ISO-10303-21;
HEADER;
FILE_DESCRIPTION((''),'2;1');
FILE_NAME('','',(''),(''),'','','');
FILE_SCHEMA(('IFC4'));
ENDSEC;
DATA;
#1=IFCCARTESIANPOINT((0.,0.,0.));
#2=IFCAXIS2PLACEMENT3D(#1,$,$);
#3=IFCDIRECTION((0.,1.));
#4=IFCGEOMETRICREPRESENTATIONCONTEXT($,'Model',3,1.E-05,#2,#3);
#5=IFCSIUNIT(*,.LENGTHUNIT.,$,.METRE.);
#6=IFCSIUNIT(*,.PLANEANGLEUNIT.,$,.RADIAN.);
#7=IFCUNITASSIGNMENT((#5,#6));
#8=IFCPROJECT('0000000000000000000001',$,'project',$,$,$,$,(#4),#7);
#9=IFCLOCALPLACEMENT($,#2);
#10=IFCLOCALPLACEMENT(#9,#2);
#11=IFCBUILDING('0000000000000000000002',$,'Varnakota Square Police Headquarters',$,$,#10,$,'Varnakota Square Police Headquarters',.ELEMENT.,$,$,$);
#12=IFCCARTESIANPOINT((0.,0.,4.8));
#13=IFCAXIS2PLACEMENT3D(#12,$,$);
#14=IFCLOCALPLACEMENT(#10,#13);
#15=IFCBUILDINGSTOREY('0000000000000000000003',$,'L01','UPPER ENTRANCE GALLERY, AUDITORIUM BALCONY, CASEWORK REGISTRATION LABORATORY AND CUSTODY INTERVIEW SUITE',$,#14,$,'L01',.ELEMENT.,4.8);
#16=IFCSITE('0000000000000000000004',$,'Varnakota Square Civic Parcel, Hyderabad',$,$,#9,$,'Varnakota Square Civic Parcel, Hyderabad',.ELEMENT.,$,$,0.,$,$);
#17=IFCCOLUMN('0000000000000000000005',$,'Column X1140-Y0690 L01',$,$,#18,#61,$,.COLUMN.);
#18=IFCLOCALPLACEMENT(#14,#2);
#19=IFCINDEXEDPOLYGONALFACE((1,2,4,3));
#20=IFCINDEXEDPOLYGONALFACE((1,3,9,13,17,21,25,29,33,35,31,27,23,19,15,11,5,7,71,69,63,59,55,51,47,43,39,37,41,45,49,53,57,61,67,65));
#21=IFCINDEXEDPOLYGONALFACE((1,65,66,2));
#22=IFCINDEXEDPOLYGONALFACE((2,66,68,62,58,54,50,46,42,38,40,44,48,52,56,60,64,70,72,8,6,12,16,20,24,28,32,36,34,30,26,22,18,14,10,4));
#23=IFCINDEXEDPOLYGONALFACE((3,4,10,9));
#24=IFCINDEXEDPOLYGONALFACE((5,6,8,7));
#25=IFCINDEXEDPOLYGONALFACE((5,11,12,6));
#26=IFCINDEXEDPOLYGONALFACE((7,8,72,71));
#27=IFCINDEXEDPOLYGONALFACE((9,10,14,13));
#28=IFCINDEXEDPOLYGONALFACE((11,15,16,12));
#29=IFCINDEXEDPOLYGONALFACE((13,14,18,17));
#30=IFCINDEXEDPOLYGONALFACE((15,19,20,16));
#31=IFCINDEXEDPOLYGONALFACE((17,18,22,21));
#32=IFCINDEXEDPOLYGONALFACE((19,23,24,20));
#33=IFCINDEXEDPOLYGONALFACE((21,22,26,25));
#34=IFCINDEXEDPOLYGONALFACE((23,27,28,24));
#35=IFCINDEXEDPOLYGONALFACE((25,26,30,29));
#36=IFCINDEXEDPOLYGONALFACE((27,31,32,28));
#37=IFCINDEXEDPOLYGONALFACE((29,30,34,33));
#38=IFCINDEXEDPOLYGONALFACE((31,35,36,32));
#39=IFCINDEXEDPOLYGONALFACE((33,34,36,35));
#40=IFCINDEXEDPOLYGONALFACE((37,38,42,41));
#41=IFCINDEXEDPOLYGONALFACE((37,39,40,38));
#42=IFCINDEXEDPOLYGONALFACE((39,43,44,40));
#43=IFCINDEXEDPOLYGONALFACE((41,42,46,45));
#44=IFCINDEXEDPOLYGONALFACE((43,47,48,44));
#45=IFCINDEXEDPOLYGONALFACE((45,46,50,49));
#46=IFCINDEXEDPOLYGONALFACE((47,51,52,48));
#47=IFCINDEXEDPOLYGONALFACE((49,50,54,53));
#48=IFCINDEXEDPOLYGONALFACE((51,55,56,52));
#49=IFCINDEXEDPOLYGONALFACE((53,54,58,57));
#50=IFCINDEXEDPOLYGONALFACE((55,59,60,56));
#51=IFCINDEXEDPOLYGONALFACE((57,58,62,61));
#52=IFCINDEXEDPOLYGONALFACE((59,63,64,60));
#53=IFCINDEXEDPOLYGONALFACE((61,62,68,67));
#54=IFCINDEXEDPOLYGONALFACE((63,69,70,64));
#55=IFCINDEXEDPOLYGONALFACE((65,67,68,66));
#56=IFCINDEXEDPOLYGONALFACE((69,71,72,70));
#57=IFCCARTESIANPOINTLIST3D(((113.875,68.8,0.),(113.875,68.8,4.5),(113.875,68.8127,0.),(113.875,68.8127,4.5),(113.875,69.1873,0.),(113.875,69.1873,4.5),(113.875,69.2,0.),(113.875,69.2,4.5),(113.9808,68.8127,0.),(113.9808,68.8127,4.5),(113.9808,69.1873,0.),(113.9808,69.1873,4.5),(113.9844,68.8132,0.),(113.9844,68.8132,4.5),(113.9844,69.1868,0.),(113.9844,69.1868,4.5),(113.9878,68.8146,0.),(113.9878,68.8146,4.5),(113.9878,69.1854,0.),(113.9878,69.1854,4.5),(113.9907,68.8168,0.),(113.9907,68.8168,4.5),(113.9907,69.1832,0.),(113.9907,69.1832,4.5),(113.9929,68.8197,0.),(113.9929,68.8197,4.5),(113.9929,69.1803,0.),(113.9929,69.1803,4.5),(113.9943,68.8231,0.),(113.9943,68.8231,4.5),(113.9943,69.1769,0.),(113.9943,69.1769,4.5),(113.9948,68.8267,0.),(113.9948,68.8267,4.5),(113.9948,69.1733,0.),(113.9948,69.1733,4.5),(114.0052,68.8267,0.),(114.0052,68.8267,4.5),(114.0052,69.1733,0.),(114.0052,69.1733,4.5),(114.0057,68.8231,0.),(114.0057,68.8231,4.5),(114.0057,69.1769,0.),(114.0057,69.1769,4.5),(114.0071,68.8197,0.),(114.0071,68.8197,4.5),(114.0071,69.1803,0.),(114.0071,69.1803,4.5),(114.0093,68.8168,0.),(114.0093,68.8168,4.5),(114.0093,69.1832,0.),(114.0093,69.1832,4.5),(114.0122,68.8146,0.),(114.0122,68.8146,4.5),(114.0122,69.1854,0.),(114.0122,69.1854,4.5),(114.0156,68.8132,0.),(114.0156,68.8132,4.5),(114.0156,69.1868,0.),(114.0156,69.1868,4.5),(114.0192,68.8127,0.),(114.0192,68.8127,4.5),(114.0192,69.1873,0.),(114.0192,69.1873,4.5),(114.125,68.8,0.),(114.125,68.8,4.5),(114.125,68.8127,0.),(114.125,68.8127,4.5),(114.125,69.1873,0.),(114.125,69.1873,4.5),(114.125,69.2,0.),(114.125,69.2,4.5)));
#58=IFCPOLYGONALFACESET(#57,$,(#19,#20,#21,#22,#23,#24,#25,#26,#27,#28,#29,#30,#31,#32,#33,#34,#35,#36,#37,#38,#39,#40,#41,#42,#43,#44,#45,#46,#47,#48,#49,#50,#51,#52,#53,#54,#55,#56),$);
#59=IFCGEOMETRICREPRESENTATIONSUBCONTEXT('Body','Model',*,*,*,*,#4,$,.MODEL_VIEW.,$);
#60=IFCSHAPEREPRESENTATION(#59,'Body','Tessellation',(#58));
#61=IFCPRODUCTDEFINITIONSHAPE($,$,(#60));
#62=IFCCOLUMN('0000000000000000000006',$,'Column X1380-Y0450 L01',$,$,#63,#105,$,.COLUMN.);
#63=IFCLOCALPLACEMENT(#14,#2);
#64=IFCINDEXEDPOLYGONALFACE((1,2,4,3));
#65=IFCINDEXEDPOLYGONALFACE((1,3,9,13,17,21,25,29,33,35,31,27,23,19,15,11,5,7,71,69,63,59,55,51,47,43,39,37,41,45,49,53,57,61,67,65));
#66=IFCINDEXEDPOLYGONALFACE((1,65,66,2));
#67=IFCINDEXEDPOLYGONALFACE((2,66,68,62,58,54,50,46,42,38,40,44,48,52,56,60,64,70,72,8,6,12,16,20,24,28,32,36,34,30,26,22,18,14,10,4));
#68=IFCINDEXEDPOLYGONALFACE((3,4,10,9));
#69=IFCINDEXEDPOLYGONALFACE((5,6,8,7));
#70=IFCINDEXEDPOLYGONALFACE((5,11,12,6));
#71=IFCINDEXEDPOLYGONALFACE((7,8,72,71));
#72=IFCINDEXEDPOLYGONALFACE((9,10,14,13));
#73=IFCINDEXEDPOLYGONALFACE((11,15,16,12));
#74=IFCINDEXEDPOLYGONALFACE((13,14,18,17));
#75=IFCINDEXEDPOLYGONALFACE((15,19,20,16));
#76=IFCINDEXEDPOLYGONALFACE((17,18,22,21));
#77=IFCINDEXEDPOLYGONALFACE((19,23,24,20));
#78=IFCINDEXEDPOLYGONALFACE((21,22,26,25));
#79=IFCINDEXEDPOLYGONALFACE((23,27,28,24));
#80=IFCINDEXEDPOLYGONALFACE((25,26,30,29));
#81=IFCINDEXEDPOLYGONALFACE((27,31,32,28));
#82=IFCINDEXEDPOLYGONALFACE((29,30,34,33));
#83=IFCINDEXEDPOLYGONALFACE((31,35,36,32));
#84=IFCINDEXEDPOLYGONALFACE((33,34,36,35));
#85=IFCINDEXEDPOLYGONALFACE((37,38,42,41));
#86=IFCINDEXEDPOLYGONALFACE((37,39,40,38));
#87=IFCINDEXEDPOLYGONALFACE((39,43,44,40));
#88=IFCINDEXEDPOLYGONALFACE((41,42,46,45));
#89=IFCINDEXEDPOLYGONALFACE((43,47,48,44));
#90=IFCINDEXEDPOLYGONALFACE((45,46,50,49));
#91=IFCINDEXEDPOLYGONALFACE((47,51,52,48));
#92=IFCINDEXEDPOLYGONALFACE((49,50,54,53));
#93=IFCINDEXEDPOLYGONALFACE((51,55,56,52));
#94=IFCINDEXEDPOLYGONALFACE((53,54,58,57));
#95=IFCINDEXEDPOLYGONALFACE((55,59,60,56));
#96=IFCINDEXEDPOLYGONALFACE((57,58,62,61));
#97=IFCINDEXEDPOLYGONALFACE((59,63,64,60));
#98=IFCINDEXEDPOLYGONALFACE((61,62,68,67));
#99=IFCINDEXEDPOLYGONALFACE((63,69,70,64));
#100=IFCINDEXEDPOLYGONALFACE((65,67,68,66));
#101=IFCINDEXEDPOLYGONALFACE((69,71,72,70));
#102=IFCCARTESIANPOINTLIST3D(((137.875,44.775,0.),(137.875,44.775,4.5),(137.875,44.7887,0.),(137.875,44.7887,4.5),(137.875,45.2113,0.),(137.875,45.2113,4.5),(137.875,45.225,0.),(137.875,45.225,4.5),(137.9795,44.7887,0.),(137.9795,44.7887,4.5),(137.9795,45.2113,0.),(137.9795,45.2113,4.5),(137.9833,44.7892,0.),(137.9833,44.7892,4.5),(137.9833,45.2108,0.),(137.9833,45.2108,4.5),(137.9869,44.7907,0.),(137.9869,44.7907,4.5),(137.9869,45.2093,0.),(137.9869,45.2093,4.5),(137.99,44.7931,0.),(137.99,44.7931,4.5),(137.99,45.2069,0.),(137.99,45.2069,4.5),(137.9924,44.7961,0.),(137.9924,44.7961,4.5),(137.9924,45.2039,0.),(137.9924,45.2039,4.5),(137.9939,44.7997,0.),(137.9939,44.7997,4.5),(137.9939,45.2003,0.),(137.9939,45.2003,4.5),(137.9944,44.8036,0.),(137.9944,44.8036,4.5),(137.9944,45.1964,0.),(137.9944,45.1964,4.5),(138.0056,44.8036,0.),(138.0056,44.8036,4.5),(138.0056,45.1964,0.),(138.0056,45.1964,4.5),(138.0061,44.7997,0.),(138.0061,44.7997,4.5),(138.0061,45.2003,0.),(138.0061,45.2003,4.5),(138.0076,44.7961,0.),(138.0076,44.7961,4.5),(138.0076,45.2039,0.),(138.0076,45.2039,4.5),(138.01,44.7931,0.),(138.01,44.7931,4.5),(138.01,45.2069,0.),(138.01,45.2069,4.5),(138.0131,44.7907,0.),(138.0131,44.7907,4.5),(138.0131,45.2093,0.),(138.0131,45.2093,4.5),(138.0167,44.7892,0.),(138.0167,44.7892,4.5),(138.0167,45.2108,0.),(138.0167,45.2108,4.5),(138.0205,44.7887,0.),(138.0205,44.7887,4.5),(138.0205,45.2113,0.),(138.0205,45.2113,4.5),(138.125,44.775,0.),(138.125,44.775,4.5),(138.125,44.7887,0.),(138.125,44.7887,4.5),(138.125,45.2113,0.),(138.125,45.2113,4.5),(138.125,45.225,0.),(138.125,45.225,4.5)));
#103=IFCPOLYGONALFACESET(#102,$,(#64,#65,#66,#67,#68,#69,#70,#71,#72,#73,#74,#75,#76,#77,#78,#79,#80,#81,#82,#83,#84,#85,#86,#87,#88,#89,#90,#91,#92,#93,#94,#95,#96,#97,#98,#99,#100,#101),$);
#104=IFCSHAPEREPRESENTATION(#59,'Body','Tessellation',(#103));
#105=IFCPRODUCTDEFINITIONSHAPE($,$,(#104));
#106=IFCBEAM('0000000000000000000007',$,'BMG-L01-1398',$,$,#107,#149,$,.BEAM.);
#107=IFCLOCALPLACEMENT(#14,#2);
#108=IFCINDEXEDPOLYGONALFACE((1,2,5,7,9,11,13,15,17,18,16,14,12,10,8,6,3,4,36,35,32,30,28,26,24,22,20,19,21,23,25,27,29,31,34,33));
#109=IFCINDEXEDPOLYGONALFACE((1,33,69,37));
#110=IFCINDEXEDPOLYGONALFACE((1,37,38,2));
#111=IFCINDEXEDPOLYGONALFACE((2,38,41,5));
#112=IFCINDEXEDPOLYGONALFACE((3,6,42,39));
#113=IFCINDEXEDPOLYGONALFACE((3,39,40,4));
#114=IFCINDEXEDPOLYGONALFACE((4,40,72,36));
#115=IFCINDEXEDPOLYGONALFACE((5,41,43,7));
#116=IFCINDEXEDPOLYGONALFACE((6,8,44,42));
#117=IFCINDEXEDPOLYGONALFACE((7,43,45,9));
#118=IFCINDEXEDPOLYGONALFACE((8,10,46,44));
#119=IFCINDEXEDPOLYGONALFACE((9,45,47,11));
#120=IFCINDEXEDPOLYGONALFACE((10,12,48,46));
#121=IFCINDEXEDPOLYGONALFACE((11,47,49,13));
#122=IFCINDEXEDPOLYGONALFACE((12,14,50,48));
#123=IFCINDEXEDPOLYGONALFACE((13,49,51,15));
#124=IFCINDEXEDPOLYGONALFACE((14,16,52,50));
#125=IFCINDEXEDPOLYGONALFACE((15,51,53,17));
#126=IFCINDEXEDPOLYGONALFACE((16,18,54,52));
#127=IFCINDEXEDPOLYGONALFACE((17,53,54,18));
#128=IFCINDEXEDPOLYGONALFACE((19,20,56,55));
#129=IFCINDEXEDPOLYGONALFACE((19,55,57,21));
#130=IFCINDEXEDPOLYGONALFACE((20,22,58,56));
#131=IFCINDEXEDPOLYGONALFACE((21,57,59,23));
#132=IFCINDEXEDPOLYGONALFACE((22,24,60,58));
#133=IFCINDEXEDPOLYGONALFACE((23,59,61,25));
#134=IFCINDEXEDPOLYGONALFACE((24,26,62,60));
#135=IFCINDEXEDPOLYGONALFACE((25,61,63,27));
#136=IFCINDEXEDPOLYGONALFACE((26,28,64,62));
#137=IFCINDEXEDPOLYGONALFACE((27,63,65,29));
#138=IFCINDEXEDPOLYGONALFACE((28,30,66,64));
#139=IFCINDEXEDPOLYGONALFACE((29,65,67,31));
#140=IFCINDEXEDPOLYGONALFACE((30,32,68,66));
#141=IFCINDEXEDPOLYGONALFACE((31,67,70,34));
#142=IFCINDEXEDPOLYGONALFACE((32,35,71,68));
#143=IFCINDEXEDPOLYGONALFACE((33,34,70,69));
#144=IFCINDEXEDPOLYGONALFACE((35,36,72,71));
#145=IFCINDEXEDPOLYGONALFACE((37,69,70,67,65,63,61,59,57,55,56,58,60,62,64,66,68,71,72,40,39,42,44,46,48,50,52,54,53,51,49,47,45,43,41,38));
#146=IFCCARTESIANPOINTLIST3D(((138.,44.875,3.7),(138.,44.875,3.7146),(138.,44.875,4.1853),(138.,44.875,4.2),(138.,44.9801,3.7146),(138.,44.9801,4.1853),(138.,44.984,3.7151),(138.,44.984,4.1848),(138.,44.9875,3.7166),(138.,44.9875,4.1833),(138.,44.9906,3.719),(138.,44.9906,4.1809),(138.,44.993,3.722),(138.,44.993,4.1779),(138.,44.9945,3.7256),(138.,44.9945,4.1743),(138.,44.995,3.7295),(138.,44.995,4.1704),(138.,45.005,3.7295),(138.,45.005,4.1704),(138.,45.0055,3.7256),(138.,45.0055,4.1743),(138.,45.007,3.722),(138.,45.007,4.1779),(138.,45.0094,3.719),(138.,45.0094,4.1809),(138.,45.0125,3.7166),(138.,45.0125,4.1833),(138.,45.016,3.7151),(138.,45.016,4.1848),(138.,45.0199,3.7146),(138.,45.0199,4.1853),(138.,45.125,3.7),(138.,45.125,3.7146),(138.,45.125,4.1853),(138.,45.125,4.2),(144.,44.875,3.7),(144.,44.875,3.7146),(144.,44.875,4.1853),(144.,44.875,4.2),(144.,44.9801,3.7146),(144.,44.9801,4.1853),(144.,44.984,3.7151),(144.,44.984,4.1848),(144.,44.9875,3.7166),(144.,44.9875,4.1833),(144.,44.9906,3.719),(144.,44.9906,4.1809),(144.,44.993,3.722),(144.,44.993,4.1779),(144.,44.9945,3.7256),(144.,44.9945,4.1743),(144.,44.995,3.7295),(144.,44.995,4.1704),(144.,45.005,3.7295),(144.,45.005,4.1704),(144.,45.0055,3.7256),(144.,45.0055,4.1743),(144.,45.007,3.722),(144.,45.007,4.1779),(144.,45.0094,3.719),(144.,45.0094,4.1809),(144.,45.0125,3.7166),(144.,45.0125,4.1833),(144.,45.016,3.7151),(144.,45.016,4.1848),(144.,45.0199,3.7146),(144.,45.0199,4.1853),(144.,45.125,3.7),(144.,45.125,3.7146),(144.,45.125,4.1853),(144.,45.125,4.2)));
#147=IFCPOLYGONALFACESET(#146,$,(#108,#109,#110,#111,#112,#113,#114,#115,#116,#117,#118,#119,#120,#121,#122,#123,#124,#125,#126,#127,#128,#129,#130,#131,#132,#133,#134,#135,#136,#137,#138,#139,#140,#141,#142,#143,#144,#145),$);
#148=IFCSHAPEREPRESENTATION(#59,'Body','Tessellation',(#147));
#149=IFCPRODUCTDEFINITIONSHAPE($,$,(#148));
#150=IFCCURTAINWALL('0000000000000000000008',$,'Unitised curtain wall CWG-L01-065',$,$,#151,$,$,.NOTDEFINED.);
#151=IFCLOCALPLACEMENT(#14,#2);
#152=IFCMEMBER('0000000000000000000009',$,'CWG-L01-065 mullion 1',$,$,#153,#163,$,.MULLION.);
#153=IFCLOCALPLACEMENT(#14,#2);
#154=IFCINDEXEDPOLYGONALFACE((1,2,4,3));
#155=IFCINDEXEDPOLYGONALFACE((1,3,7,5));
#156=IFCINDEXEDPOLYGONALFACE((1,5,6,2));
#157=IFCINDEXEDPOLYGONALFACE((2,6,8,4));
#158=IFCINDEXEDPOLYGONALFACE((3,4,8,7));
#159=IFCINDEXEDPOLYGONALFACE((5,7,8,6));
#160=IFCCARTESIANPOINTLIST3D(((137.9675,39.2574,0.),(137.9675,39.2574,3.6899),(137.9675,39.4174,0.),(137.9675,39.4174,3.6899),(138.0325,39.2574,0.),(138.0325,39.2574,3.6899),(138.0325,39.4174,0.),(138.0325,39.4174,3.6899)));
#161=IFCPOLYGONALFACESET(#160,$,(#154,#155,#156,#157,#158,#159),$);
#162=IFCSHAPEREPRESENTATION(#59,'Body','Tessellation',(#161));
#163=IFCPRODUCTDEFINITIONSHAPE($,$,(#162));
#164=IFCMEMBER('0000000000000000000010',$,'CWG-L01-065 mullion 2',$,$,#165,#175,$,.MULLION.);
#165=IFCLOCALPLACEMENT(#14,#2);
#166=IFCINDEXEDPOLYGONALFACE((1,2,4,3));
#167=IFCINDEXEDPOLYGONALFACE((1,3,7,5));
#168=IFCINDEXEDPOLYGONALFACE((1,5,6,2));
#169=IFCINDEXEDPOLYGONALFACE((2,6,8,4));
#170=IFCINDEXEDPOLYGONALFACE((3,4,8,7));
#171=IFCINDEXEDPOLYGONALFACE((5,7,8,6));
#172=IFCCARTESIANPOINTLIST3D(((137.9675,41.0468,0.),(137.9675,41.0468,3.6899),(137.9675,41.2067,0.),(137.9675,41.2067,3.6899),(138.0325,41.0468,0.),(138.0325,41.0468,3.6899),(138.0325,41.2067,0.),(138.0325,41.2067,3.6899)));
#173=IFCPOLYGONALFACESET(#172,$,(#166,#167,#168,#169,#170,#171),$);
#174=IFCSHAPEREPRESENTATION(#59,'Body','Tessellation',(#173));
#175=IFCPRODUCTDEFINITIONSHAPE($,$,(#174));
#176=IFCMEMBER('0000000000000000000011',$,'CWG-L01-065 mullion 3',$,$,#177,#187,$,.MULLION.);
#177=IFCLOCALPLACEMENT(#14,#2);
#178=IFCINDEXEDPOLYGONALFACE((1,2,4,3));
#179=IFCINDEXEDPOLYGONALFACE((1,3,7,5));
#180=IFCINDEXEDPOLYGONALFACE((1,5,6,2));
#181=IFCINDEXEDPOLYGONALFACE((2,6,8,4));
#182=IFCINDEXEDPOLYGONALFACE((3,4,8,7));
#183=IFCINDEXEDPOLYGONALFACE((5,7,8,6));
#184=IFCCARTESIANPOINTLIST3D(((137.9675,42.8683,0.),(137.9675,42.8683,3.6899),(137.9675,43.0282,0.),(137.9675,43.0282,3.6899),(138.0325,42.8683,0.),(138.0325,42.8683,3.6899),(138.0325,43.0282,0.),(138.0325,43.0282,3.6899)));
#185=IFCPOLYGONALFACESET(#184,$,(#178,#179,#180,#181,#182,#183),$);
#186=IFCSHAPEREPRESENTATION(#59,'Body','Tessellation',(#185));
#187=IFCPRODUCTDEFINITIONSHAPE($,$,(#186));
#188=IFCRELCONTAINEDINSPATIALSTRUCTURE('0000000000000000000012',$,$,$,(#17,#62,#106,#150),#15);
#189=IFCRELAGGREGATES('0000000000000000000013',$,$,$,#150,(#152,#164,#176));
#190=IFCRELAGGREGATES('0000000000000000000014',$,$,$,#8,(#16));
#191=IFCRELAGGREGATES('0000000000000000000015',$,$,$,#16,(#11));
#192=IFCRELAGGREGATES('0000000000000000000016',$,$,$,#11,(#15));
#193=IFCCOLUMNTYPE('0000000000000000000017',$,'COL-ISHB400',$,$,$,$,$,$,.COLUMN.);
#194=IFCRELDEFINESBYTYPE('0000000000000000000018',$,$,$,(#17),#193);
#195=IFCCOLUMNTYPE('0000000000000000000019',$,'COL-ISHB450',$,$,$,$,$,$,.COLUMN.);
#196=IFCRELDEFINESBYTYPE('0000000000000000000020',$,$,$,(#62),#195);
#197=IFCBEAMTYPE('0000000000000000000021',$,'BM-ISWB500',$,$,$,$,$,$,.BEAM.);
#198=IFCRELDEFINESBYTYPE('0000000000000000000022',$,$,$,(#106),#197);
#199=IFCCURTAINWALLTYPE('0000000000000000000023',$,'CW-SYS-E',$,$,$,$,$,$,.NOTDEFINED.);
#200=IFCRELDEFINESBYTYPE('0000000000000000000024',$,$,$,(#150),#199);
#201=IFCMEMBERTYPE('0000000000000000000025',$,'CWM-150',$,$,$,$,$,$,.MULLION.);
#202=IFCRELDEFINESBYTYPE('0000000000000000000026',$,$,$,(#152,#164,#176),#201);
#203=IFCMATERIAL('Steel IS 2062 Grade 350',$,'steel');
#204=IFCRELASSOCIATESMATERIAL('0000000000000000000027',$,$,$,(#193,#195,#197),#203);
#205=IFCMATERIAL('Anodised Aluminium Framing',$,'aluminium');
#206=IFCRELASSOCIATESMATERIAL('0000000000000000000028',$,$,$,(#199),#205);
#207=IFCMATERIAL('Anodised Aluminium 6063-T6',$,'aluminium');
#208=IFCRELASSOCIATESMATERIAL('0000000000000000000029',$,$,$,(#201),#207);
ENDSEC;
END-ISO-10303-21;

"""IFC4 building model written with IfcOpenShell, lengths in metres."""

from ifc_helpers import new_model, si_unit, direction, frame, origin, origin_2d, place, context, subcontext, project, spatial, rectangle, i_section, extrude, material, material_profile, profile_set, type_object, element, aggregate, save


model = new_model("IFC4")

# Units and contexts
model_context = context("Model", 3, precision=1e-05, world=origin(), true_north=direction((0.0, 1.0)))
body_context = subcontext(model_context, "Body", "Model", "MODEL_VIEW")
ifc_project = project(units=[si_unit("LENGTHUNIT", "METRE"), si_unit("PLANEANGLEUNIT", "RADIAN")], contexts=[model_context])

# Site, building, storey
site_placement = place(None, origin())
site = spatial("IfcSite", under=ifc_project, at=site_placement, Name="Varnakota Square Civic Parcel, Hyderabad", LongName="Varnakota Square Civic Parcel, Hyderabad", CompositionType="ELEMENT", RefElevation=0.0)
building_placement = place(site_placement, origin())
building = spatial("IfcBuilding", under=site, at=building_placement, Name="Varnakota Square Police Headquarters", LongName="Varnakota Square Police Headquarters", CompositionType="ELEMENT")
storey_placement = place(building_placement, frame((0.0, 0.0, 4.8)))
storey = spatial("IfcBuildingStorey", under=building, at=storey_placement, Name="L01", Description="UPPER ENTRANCE GALLERY, AUDITORIUM BALCONY, CASEWORK REGISTRATION LABORATORY AND CUSTODY INTERVIEW SUITE", LongName="L01", CompositionType="ELEMENT", Elevation=4.8)

# Columns
ifc_material_1 = material(Name="Steel IS 2062 Grade 350", Category="steel")
ifc_material_profile_1 = material_profile(ifc_material_1, i_section(OverallWidth=0.25, OverallDepth=0.3999, WebThickness=0.0105, FlangeThickness=0.0127, FilletRadius=0.0139, at=origin_2d()), Name="ISHB 400")
ifc_profile_set_1 = profile_set([ifc_material_profile_1], Name="Steel IS 2062 Grade 350")
column_type_1 = type_object("IfcColumnType", Name="COL-ISHB400", PredefinedType="COLUMN", material=ifc_profile_set_1)
column_1_placement = place(storey_placement, frame((114.0, 69.0, 0.0), z_axis=(0.0, 0.0, 1.0), x_axis=(1.0, 0.0, 0.0)))
element("IfcColumn", 1, at=column_1_placement, inside=storey, type_object=column_type_1, Name="Column X1140-Y0690 L01", PredefinedType="COLUMN", context=body_context, shape_type="SweptSolid", body=[
    extrude(i_section(OverallWidth=0.25, OverallDepth=0.3999, WebThickness=0.0105, FlangeThickness=0.0127, FilletRadius=0.0139, at=origin_2d()), origin(), (0.0, 0.0, 1.0), 4.5),
])
ifc_material_profile_2 = material_profile(ifc_material_1, i_section(OverallWidth=0.25, OverallDepth=0.45, WebThickness=0.0112, FlangeThickness=0.0137, FilletRadius=0.0149, at=origin_2d()), Name="ISHB 450")
ifc_profile_set_2 = profile_set([ifc_material_profile_2], Name="Steel IS 2062 Grade 350")
column_type_2 = type_object("IfcColumnType", Name="COL-ISHB450", PredefinedType="COLUMN", material=ifc_profile_set_2)
column_2_placement = place(storey_placement, frame((138.0, 45.0, 0.0), z_axis=(0.0, 0.0, 1.0), x_axis=(1.0, 0.0, 0.0)))
element("IfcColumn", 2, at=column_2_placement, inside=storey, type_object=column_type_2, Name="Column X1380-Y0450 L01", PredefinedType="COLUMN", context=body_context, shape_type="SweptSolid", body=[
    extrude(i_section(OverallWidth=0.25, OverallDepth=0.45, WebThickness=0.0112, FlangeThickness=0.0137, FilletRadius=0.0149, at=origin_2d()), origin(), (0.0, 0.0, 1.0), 4.5),
])

# Beam
ifc_material_profile_3 = material_profile(ifc_material_1, i_section(OverallWidth=0.25, OverallDepth=0.5, WebThickness=0.01, FlangeThickness=0.0146, FilletRadius=0.0149, at=origin_2d()), Name="ISWB 500")
ifc_profile_set_3 = profile_set([ifc_material_profile_3], Name="Steel IS 2062 Grade 350")
beam_type = type_object("IfcBeamType", Name="BM-ISWB500", PredefinedType="BEAM", material=ifc_profile_set_3)
beam_placement = place(storey_placement, frame((138.0, 45.0, 3.95), z_axis=(1.0, 0.0, 0.0), x_axis=(0.0, 1.0, 0.0)))
element("IfcBeam", 3, at=beam_placement, inside=storey, type_object=beam_type, Name="BMG-L01-1398", PredefinedType="BEAM", context=body_context, shape_type="SweptSolid", body=[
    extrude(i_section(OverallWidth=0.25, OverallDepth=0.5, WebThickness=0.01, FlangeThickness=0.0146, FilletRadius=0.0149, at=origin_2d()), origin(), (0.0, 0.0, 1.0), 6.0),
])

# Curtain wall, members
ifc_material_2 = material(Name="Anodised Aluminium Framing", Category="aluminium")
curtain_wall_type = type_object("IfcCurtainWallType", Name="CW-SYS-E", PredefinedType="NOTDEFINED", material=ifc_material_2)
curtain_wall_placement = place(storey_placement, origin())
curtain_wall = element("IfcCurtainWall", 4, at=curtain_wall_placement, inside=storey, type_object=curtain_wall_type, Name="Unitised curtain wall CWG-L01-065", PredefinedType="NOTDEFINED")
ifc_material_3 = material(Name="Anodised Aluminium 6063-T6", Category="aluminium")
ifc_material_profile_4 = material_profile(ifc_material_3, rectangle(XDim=0.0649, YDim=0.1599, at=origin_2d()), Name="ALU MULLION 65x160")
ifc_profile_set_4 = profile_set([ifc_material_profile_4], Name="Anodised Aluminium 6063-T6")
member_type_1 = type_object("IfcMemberType", Name="CWM-150", PredefinedType="MULLION", material=ifc_profile_set_4)
member_1_placement = place(storey_placement, frame((138.0, 39.3374, 0.0), z_axis=(0.0, 0.0, 1.0), x_axis=(-1.0, 0.0, 0.0)))
member_1 = element("IfcMember", 5, at=member_1_placement, type_object=member_type_1, Name="CWG-L01-065 mullion 1", PredefinedType="MULLION", context=body_context, shape_type="SweptSolid", body=[
    extrude(rectangle(XDim=0.0649, YDim=0.1599, at=origin_2d()), origin(), (0.0, 0.0, 1.0), 3.6899),
])
member_2_placement = place(storey_placement, frame((138.0, 41.1267, 0.0), z_axis=(0.0, 0.0, 1.0), x_axis=(-1.0, 0.0, 0.0)))
member_2 = element("IfcMember", 6, at=member_2_placement, type_object=member_type_1, Name="CWG-L01-065 mullion 2", PredefinedType="MULLION", context=body_context, shape_type="SweptSolid", body=[
    extrude(rectangle(XDim=0.0649, YDim=0.1599, at=origin_2d()), origin(), (0.0, 0.0, 1.0), 3.6899),
])
member_3_placement = place(storey_placement, frame((138.0, 42.9482, 0.0), z_axis=(0.0, 0.0, 1.0), x_axis=(-1.0, 0.0, 0.0)))
member_3 = element("IfcMember", 7, at=member_3_placement, type_object=member_type_1, Name="CWG-L01-065 mullion 3", PredefinedType="MULLION", context=body_context, shape_type="SweptSolid", body=[
    extrude(rectangle(XDim=0.0649, YDim=0.1599, at=origin_2d()), origin(), (0.0, 0.0, 1.0), 3.6899),
])
aggregate(curtain_wall, [member_1, member_2, member_3])

save(model, "model.ifc")
